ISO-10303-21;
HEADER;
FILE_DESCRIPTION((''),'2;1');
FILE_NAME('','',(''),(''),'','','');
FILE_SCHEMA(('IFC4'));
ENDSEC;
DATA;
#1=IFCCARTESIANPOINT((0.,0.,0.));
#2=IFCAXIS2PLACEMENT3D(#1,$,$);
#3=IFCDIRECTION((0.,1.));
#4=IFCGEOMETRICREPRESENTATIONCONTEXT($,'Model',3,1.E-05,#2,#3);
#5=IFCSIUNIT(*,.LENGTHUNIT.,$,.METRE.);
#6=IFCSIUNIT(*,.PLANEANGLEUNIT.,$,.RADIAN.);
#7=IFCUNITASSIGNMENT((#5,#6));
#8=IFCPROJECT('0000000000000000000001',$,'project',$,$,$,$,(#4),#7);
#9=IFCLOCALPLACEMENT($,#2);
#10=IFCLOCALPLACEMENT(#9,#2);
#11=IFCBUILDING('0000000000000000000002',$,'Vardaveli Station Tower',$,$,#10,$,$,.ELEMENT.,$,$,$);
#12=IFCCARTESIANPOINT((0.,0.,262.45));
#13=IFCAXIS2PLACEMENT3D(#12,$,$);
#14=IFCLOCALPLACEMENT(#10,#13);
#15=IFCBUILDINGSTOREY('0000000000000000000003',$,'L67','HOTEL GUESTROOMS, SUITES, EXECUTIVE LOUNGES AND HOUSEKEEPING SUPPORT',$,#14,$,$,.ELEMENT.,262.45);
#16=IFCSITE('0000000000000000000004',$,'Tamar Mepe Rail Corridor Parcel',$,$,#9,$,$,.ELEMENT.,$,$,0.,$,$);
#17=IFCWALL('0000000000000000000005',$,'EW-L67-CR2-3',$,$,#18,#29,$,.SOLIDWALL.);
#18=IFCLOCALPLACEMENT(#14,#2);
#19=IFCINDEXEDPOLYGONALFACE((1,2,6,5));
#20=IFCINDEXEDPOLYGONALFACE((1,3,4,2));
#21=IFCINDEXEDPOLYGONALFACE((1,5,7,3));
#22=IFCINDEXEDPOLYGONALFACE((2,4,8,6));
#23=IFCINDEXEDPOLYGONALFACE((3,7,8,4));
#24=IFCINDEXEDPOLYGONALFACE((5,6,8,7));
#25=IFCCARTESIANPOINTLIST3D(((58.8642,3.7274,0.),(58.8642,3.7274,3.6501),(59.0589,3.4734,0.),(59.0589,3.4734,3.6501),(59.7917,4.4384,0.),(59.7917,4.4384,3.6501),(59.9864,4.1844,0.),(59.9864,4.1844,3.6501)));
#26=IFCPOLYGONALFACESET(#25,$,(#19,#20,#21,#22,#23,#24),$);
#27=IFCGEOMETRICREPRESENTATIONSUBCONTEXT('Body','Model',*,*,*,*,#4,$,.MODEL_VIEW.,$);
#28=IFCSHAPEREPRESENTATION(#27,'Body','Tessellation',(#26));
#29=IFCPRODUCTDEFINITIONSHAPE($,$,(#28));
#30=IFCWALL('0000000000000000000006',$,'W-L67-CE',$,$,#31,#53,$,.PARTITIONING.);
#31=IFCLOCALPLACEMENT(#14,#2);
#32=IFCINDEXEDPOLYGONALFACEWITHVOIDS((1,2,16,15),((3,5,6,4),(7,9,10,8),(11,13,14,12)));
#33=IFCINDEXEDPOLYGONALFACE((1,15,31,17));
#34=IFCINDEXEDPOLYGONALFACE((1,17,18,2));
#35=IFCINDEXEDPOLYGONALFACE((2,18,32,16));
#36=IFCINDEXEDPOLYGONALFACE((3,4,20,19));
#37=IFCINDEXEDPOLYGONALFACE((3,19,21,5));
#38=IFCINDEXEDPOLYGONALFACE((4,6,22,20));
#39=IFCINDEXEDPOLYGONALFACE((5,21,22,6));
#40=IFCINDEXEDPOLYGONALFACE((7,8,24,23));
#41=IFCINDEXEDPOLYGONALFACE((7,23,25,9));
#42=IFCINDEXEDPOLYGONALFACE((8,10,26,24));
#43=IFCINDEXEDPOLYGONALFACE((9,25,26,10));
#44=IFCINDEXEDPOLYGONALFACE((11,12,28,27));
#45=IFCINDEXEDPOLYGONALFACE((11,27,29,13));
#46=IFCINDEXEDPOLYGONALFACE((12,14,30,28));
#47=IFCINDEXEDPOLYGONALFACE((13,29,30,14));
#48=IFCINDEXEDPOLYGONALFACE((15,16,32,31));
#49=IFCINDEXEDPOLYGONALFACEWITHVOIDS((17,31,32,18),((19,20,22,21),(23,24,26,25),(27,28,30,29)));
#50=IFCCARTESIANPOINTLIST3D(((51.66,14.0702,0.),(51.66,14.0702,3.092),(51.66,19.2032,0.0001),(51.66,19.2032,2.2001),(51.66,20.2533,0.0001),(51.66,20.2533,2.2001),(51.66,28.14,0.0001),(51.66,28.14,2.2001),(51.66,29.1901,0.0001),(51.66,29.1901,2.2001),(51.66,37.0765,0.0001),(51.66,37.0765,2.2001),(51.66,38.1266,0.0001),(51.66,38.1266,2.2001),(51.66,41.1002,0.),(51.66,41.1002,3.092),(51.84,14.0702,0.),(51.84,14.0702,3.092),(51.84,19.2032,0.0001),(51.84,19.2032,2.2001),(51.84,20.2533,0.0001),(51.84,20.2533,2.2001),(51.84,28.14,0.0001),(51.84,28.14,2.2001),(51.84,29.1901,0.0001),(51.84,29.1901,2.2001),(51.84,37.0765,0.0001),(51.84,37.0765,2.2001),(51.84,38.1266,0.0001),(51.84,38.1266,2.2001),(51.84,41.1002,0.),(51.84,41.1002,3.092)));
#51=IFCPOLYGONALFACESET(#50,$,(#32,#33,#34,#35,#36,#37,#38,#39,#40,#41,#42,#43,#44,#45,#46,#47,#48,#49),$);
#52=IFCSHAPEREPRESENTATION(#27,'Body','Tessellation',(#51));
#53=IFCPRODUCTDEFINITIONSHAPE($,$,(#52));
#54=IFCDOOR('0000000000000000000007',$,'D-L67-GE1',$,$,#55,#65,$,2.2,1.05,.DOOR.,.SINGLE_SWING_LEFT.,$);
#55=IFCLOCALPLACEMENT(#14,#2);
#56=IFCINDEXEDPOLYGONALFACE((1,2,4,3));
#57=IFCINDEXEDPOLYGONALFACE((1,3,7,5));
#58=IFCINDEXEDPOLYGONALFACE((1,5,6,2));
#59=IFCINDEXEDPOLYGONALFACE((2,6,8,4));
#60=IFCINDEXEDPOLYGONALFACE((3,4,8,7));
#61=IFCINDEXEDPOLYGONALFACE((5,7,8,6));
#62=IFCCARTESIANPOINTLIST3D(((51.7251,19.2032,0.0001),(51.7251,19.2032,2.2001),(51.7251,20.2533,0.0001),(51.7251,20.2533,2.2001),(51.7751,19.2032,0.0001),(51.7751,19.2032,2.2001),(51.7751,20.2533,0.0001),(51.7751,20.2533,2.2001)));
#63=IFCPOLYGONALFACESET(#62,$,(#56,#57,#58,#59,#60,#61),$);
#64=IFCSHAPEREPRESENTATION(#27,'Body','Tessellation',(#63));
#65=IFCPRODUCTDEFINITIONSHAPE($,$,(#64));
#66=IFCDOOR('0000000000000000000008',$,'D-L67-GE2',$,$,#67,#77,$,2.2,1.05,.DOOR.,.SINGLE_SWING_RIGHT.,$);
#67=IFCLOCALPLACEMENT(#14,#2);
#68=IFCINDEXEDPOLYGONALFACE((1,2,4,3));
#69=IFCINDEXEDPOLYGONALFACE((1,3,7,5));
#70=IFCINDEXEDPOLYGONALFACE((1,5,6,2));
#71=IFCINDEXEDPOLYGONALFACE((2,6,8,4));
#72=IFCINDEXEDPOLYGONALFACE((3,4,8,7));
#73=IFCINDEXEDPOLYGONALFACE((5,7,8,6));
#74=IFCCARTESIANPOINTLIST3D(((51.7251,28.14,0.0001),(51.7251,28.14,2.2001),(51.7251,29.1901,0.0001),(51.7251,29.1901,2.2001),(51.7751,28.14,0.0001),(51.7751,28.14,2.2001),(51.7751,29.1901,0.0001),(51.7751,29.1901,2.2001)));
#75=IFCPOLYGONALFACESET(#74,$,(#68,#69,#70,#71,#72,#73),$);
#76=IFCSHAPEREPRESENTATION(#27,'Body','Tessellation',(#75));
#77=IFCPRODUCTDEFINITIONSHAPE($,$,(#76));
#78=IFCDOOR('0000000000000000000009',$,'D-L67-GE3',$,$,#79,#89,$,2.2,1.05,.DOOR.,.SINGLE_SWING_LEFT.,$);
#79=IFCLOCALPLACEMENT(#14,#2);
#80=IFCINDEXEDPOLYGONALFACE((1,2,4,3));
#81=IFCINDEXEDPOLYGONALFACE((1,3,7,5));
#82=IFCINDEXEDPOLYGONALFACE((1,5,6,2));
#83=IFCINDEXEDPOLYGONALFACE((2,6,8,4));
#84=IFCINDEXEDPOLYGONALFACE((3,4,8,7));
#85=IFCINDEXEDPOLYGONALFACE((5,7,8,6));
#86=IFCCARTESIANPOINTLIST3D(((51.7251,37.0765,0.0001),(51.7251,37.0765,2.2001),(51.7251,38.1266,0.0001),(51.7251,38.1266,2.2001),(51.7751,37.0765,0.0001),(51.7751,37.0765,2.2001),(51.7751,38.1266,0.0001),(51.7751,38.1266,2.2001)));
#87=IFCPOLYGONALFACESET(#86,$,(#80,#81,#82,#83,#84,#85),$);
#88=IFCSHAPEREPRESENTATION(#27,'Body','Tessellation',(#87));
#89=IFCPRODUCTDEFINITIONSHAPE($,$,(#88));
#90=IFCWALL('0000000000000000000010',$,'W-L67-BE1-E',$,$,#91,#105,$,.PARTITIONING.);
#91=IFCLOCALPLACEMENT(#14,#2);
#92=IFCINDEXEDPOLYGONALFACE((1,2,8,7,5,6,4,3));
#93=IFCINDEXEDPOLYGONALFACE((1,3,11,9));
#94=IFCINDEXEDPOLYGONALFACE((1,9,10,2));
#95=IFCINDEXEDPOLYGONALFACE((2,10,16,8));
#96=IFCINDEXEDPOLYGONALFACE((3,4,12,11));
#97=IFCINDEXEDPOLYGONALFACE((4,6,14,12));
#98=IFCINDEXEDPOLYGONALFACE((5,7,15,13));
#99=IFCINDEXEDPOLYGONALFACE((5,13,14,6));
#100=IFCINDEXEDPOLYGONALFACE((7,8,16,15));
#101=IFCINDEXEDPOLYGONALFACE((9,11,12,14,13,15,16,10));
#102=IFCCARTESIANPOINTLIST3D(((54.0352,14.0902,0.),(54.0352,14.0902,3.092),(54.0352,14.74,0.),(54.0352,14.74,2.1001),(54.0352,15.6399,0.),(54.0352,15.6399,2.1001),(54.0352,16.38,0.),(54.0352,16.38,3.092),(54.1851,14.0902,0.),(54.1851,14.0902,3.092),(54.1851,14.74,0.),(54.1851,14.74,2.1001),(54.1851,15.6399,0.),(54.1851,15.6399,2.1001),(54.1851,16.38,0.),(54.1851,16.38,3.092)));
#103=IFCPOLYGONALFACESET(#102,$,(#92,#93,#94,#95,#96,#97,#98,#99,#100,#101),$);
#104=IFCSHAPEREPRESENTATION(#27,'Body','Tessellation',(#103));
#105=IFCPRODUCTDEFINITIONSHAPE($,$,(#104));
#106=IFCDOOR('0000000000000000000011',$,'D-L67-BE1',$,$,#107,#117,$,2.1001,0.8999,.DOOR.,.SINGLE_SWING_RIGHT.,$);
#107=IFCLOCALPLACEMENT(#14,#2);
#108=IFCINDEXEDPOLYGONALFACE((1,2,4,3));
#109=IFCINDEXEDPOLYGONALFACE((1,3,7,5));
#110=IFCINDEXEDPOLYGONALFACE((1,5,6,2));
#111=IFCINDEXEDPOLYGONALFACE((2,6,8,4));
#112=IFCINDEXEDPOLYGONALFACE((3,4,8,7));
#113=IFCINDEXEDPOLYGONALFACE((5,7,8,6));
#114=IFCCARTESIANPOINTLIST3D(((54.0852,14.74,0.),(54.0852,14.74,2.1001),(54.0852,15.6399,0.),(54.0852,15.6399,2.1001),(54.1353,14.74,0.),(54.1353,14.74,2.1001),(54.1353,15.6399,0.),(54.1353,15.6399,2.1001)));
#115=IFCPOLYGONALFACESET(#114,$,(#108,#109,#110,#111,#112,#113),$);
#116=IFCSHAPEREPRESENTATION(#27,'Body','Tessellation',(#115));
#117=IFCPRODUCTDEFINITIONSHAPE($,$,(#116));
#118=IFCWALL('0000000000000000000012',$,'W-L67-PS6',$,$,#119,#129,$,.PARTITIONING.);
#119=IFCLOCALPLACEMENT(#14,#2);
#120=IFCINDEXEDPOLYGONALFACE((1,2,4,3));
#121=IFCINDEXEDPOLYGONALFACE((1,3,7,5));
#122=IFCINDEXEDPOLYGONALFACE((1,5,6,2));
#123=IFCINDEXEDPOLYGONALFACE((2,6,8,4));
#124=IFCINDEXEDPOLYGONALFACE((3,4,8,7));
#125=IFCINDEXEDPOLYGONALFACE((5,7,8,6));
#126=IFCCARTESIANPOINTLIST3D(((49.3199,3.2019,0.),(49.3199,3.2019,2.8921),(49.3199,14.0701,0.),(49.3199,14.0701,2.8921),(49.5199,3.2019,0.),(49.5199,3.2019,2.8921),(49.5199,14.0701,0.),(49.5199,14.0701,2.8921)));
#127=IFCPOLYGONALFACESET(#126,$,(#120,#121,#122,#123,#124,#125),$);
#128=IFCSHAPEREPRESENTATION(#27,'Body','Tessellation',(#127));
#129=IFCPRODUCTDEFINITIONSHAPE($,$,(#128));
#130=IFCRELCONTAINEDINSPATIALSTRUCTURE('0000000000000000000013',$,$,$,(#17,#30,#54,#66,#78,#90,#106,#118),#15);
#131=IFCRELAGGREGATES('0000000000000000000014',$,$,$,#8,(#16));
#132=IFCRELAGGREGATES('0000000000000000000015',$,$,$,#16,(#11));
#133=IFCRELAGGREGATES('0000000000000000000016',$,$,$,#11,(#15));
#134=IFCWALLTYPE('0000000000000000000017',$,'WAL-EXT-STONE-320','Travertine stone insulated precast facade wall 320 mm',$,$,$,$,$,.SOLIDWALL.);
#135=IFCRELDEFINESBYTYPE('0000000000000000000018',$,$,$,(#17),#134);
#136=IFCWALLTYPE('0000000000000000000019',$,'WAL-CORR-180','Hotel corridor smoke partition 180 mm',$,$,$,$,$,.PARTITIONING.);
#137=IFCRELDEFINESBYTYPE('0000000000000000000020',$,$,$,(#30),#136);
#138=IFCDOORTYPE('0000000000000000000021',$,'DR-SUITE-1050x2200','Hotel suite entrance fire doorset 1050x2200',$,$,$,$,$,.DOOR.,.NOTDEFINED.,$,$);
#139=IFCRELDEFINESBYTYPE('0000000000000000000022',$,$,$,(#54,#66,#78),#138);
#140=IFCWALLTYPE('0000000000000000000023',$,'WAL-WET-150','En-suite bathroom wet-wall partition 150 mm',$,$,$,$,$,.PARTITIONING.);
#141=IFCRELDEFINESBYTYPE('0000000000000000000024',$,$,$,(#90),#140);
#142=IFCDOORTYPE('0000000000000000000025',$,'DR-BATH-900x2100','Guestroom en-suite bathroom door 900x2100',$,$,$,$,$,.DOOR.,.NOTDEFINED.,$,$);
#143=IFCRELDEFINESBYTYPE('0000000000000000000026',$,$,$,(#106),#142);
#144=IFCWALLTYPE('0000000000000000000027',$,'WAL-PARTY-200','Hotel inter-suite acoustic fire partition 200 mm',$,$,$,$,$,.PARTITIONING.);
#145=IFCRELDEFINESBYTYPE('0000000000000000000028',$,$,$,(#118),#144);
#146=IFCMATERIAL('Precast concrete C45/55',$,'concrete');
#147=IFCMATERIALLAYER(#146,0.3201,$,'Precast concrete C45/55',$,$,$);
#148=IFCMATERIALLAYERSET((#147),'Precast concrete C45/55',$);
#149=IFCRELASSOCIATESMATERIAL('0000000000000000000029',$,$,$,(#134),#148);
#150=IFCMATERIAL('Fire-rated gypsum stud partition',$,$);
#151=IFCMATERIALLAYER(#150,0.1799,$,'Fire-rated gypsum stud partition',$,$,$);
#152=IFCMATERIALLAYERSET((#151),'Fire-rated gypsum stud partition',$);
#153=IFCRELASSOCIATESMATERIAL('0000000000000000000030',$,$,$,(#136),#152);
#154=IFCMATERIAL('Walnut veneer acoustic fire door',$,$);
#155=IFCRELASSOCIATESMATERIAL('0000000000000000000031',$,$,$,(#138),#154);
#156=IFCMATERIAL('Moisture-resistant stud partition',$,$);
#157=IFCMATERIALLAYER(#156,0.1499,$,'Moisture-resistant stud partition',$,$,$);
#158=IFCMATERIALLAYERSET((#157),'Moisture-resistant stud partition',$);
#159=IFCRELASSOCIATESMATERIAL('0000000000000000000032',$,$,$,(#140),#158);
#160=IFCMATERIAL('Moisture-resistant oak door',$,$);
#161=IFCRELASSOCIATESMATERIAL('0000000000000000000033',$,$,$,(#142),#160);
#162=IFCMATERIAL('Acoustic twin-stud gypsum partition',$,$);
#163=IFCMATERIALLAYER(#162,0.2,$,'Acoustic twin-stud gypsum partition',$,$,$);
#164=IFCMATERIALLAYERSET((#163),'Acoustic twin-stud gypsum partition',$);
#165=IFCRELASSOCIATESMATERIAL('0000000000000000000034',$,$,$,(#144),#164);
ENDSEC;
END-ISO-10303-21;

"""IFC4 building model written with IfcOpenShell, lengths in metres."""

from ifc_helpers import new_model, si_unit, direction, frame, frame_2d, origin, place, context, subcontext, project, spatial, rectangle, extrude, source, transform, mapped, material, layer, layer_set, type_object, element, fill, save


model = new_model("IFC4")

# Units and contexts
model_context = context("Model", 3, precision=1e-05, world=origin(), true_north=direction((0.0, 1.0)))
body_context = subcontext(model_context, "Body", "Model", "MODEL_VIEW")
ifc_project = project(units=[si_unit("LENGTHUNIT", "METRE"), si_unit("PLANEANGLEUNIT", "RADIAN")], contexts=[model_context])

# Site, building, storey
site_placement = place(None, origin())
site = spatial("IfcSite", under=ifc_project, at=site_placement, Name="Tamar Mepe Rail Corridor Parcel", CompositionType="ELEMENT", RefElevation=0.0)
building_placement = place(site_placement, origin())
building = spatial("IfcBuilding", under=site, at=building_placement, Name="Vardaveli Station Tower", CompositionType="ELEMENT")
storey_placement = place(building_placement, frame((0.0, 0.0, 262.45)))
storey = spatial("IfcBuildingStorey", under=building, at=storey_placement, Name="L67", Description="HOTEL GUESTROOMS, SUITES, EXECUTIVE LOUNGES AND HOUSEKEEPING SUPPORT", CompositionType="ELEMENT", Elevation=262.45)

# Shared definitions
ifc_material_1 = material(Name="Precast concrete C45/55", Category="concrete")

# Shared definitions
ifc_layer_1 = layer(ifc_material_1, 0.3201, Name="Precast concrete C45/55")
ifc_layer_set_1 = layer_set([ifc_layer_1], Name="Precast concrete C45/55")
wall_type_1 = type_object("IfcWallType", Name="WAL-EXT-STONE-320", Description="Travertine stone insulated precast facade wall 320 mm", PredefinedType="SOLIDWALL", material=ifc_layer_set_1)

# Wall
shared_shape_1 = source(origin(), body_context, "Body", "SweptSolid", [
    extrude(rectangle(XDim=1.1687, YDim=0.3201, at=frame_2d((0.5845, 0.0))), origin(), (0.0, 0.0, 1.0), 3.6501),
])
wall_1_placement = place(storey_placement, frame((58.9614, 3.6003, 0.0), z_axis=(0.0, 0.0, 1.0), x_axis=(0.793664, 0.608357, 0.0)))
element("IfcWall", 1, at=wall_1_placement, inside=storey, type_object=wall_type_1, Name="EW-L67-CR2-3", PredefinedType="SOLIDWALL", context=body_context, shape_type="MappedRepresentation", body=[
    mapped(shared_shape_1, transform((0.0, 0.0, 0.0), scale=1.0)),
])

# Wall, openings, doors
ifc_material_2 = material(Name="Fire-rated gypsum stud partition")
ifc_layer_2 = layer(ifc_material_2, 0.1799, Name="Fire-rated gypsum stud partition")
ifc_layer_set_2 = layer_set([ifc_layer_2], Name="Fire-rated gypsum stud partition")
wall_type_2 = type_object("IfcWallType", Name="WAL-CORR-180", Description="Hotel corridor smoke partition 180 mm", PredefinedType="PARTITIONING", material=ifc_layer_set_2)
shared_shape_2 = source(origin(), body_context, "Body", "SweptSolid", [
    extrude(rectangle(XDim=27.03, YDim=0.1799, at=frame_2d((13.5151, 0.0))), origin(), (0.0, 0.0, 1.0), 3.092),
])
wall_2_placement = place(storey_placement, frame((51.75, 14.0701, 0.0), z_axis=(0.0, 0.0, 1.0), x_axis=(0.0, 1.0, 0.0)))
wall_2 = element("IfcWall", 2, at=wall_2_placement, inside=storey, type_object=wall_type_2, Name="W-L67-CE", PredefinedType="PARTITIONING", context=body_context, shape_type="MappedRepresentation", body=[
    mapped(shared_shape_2, transform((0.0, 0.0, 0.0), scale=1.0)),
])
shared_shape_3 = source(origin(), body_context, "Body", "SweptSolid", [
    extrude(rectangle(XDim=1.05, YDim=2.2, at=frame_2d((0.5249, 1.1001))), frame((0.0, 0.1001, 0.0), z_axis=(0.0, -1.0, 0.0), x_axis=(1.0, 0.0, 0.0)), (0.0, 0.0, 1.0), 0.2),
])
opening_1_placement = place(wall_2_placement, frame((5.1333, 0.0, 0.0)))
opening_1 = element("IfcOpeningElement", 3, at=opening_1_placement, cuts=wall_2, PredefinedType="OPENING", context=body_context, shape_type="MappedRepresentation", body=[
    mapped(shared_shape_3, transform((0.0, 0.0, 0.0), scale=1.0)),
])
opening_2_placement = place(wall_2_placement, frame((14.0701, 0.0, 0.0)))
opening_2 = element("IfcOpeningElement", 4, at=opening_2_placement, cuts=wall_2, PredefinedType="OPENING", context=body_context, shape_type="MappedRepresentation", body=[
    mapped(shared_shape_3, transform((0.0, 0.0, 0.0), scale=1.0)),
])
opening_3_placement = place(wall_2_placement, frame((23.0066, 0.0, 0.0)))
opening_3 = element("IfcOpeningElement", 5, at=opening_3_placement, cuts=wall_2, PredefinedType="OPENING", context=body_context, shape_type="MappedRepresentation", body=[
    mapped(shared_shape_3, transform((0.0, 0.0, 0.0), scale=1.0)),
])
ifc_material_3 = material(Name="Walnut veneer acoustic fire door")
door_type_1 = type_object("IfcDoorType", Name="DR-SUITE-1050x2200", Description="Hotel suite entrance fire doorset 1050x2200", OperationType="NOTDEFINED", PredefinedType="DOOR", material=ifc_material_3)
shared_shape_4 = source(origin(), body_context, "Body", "SweptSolid", [
    extrude(rectangle(XDim=1.05, YDim=2.2, at=frame_2d((0.5249, 1.1001))), frame((0.0, 0.0249, 0.0), z_axis=(0.0, -1.0, 0.0), x_axis=(1.0, 0.0, 0.0)), (0.0, 0.0, 1.0), 0.05),
])
door_1_placement = place(opening_1_placement, origin())
door_1 = element("IfcDoor", 6, at=door_1_placement, inside=storey, type_object=door_type_1, Name="D-L67-GE1", OperationType="SINGLE_SWING_LEFT", OverallHeight=2.2, OverallWidth=1.05, PredefinedType="DOOR", context=body_context, shape_type="MappedRepresentation", body=[
    mapped(shared_shape_4, transform((0.0, 0.0, 0.0), scale=1.0)),
])
fill(opening_1, door_1)
door_2_placement = place(opening_2_placement, origin())
door_2 = element("IfcDoor", 7, at=door_2_placement, inside=storey, type_object=door_type_1, Name="D-L67-GE2", OperationType="SINGLE_SWING_RIGHT", OverallHeight=2.2, OverallWidth=1.05, PredefinedType="DOOR", context=body_context, shape_type="MappedRepresentation", body=[
    mapped(shared_shape_4, transform((0.0, 0.0, 0.0), scale=1.0)),
])
fill(opening_2, door_2)
door_3_placement = place(opening_3_placement, origin())
door_3 = element("IfcDoor", 8, at=door_3_placement, inside=storey, type_object=door_type_1, Name="D-L67-GE3", OperationType="SINGLE_SWING_LEFT", OverallHeight=2.2, OverallWidth=1.05, PredefinedType="DOOR", context=body_context, shape_type="MappedRepresentation", body=[
    mapped(shared_shape_4, transform((0.0, 0.0, 0.0), scale=1.0)),
])
fill(opening_3, door_3)

# Wall, opening, door
ifc_material_4 = material(Name="Moisture-resistant stud partition")
ifc_layer_3 = layer(ifc_material_4, 0.1499, Name="Moisture-resistant stud partition")
ifc_layer_set_3 = layer_set([ifc_layer_3], Name="Moisture-resistant stud partition")
wall_type_3 = type_object("IfcWallType", Name="WAL-WET-150", Description="En-suite bathroom wet-wall partition 150 mm", PredefinedType="PARTITIONING", material=ifc_layer_set_3)
shared_shape_5 = source(origin(), body_context, "Body", "SweptSolid", [
    extrude(rectangle(XDim=2.2898, YDim=0.1499, at=frame_2d((1.145, 0.0))), origin(), (0.0, 0.0, 1.0), 3.092),
])
wall_3_placement = place(storey_placement, frame((54.1101, 14.0901, 0.0), z_axis=(0.0, 0.0, 1.0), x_axis=(0.0, 1.0, 0.0)))
wall_3 = element("IfcWall", 9, at=wall_3_placement, inside=storey, type_object=wall_type_3, Name="W-L67-BE1-E", PredefinedType="PARTITIONING", context=body_context, shape_type="MappedRepresentation", body=[
    mapped(shared_shape_5, transform((0.0, 0.0, 0.0), scale=1.0)),
])
shared_shape_6 = source(origin(), body_context, "Body", "SweptSolid", [
    extrude(rectangle(XDim=0.8999, YDim=2.1001, at=frame_2d((0.45, 1.05))), frame((0.0, 0.085, 0.0), z_axis=(0.0, -1.0, 0.0), x_axis=(1.0, 0.0, 0.0)), (0.0, 0.0, 1.0), 0.1699),
])
opening_4_placement = place(wall_3_placement, frame((0.6499, 0.0, 0.0)))
opening_4 = element("IfcOpeningElement", 10, at=opening_4_placement, cuts=wall_3, PredefinedType="OPENING", context=body_context, shape_type="MappedRepresentation", body=[
    mapped(shared_shape_6, transform((0.0, 0.0, 0.0), scale=1.0)),
])
ifc_material_5 = material(Name="Moisture-resistant oak door")
door_type_2 = type_object("IfcDoorType", Name="DR-BATH-900x2100", Description="Guestroom en-suite bathroom door 900x2100", OperationType="NOTDEFINED", PredefinedType="DOOR", material=ifc_material_5)
shared_shape_7 = source(origin(), body_context, "Body", "SweptSolid", [
    extrude(rectangle(XDim=0.8999, YDim=2.1001, at=frame_2d((0.45, 1.05))), frame((0.0, 0.0249, 0.0), z_axis=(0.0, -1.0, 0.0), x_axis=(1.0, 0.0, 0.0)), (0.0, 0.0, 1.0), 0.05),
])
door_4_placement = place(opening_4_placement, origin())
door_4 = element("IfcDoor", 11, at=door_4_placement, inside=storey, type_object=door_type_2, Name="D-L67-BE1", OperationType="SINGLE_SWING_RIGHT", OverallHeight=2.1001, OverallWidth=0.8999, PredefinedType="DOOR", context=body_context, shape_type="MappedRepresentation", body=[
    mapped(shared_shape_7, transform((0.0, 0.0, 0.0), scale=1.0)),
])
fill(opening_4, door_4)

# Wall
ifc_material_6 = material(Name="Acoustic twin-stud gypsum partition")
ifc_layer_4 = layer(ifc_material_6, 0.2, Name="Acoustic twin-stud gypsum partition")
ifc_layer_set_4 = layer_set([ifc_layer_4], Name="Acoustic twin-stud gypsum partition")
wall_type_4 = type_object("IfcWallType", Name="WAL-PARTY-200", Description="Hotel inter-suite acoustic fire partition 200 mm", PredefinedType="PARTITIONING", material=ifc_layer_set_4)
shared_shape_8 = source(origin(), body_context, "Body", "SweptSolid", [
    extrude(rectangle(XDim=10.8682, YDim=0.2, at=frame_2d((5.4341, 0.0))), origin(), (0.0, 0.0, 1.0), 2.8921),
])
wall_4_placement = place(storey_placement, frame((49.4199, 3.2019, 0.0), z_axis=(0.0, 0.0, 1.0), x_axis=(0.0, 1.0, 0.0)))
element("IfcWall", 12, at=wall_4_placement, inside=storey, type_object=wall_type_4, Name="W-L67-PS6", PredefinedType="PARTITIONING", context=body_context, shape_type="MappedRepresentation", body=[
    mapped(shared_shape_8, transform((0.0, 0.0, 0.0), scale=1.0)),
])

save(model, "model.ifc")
